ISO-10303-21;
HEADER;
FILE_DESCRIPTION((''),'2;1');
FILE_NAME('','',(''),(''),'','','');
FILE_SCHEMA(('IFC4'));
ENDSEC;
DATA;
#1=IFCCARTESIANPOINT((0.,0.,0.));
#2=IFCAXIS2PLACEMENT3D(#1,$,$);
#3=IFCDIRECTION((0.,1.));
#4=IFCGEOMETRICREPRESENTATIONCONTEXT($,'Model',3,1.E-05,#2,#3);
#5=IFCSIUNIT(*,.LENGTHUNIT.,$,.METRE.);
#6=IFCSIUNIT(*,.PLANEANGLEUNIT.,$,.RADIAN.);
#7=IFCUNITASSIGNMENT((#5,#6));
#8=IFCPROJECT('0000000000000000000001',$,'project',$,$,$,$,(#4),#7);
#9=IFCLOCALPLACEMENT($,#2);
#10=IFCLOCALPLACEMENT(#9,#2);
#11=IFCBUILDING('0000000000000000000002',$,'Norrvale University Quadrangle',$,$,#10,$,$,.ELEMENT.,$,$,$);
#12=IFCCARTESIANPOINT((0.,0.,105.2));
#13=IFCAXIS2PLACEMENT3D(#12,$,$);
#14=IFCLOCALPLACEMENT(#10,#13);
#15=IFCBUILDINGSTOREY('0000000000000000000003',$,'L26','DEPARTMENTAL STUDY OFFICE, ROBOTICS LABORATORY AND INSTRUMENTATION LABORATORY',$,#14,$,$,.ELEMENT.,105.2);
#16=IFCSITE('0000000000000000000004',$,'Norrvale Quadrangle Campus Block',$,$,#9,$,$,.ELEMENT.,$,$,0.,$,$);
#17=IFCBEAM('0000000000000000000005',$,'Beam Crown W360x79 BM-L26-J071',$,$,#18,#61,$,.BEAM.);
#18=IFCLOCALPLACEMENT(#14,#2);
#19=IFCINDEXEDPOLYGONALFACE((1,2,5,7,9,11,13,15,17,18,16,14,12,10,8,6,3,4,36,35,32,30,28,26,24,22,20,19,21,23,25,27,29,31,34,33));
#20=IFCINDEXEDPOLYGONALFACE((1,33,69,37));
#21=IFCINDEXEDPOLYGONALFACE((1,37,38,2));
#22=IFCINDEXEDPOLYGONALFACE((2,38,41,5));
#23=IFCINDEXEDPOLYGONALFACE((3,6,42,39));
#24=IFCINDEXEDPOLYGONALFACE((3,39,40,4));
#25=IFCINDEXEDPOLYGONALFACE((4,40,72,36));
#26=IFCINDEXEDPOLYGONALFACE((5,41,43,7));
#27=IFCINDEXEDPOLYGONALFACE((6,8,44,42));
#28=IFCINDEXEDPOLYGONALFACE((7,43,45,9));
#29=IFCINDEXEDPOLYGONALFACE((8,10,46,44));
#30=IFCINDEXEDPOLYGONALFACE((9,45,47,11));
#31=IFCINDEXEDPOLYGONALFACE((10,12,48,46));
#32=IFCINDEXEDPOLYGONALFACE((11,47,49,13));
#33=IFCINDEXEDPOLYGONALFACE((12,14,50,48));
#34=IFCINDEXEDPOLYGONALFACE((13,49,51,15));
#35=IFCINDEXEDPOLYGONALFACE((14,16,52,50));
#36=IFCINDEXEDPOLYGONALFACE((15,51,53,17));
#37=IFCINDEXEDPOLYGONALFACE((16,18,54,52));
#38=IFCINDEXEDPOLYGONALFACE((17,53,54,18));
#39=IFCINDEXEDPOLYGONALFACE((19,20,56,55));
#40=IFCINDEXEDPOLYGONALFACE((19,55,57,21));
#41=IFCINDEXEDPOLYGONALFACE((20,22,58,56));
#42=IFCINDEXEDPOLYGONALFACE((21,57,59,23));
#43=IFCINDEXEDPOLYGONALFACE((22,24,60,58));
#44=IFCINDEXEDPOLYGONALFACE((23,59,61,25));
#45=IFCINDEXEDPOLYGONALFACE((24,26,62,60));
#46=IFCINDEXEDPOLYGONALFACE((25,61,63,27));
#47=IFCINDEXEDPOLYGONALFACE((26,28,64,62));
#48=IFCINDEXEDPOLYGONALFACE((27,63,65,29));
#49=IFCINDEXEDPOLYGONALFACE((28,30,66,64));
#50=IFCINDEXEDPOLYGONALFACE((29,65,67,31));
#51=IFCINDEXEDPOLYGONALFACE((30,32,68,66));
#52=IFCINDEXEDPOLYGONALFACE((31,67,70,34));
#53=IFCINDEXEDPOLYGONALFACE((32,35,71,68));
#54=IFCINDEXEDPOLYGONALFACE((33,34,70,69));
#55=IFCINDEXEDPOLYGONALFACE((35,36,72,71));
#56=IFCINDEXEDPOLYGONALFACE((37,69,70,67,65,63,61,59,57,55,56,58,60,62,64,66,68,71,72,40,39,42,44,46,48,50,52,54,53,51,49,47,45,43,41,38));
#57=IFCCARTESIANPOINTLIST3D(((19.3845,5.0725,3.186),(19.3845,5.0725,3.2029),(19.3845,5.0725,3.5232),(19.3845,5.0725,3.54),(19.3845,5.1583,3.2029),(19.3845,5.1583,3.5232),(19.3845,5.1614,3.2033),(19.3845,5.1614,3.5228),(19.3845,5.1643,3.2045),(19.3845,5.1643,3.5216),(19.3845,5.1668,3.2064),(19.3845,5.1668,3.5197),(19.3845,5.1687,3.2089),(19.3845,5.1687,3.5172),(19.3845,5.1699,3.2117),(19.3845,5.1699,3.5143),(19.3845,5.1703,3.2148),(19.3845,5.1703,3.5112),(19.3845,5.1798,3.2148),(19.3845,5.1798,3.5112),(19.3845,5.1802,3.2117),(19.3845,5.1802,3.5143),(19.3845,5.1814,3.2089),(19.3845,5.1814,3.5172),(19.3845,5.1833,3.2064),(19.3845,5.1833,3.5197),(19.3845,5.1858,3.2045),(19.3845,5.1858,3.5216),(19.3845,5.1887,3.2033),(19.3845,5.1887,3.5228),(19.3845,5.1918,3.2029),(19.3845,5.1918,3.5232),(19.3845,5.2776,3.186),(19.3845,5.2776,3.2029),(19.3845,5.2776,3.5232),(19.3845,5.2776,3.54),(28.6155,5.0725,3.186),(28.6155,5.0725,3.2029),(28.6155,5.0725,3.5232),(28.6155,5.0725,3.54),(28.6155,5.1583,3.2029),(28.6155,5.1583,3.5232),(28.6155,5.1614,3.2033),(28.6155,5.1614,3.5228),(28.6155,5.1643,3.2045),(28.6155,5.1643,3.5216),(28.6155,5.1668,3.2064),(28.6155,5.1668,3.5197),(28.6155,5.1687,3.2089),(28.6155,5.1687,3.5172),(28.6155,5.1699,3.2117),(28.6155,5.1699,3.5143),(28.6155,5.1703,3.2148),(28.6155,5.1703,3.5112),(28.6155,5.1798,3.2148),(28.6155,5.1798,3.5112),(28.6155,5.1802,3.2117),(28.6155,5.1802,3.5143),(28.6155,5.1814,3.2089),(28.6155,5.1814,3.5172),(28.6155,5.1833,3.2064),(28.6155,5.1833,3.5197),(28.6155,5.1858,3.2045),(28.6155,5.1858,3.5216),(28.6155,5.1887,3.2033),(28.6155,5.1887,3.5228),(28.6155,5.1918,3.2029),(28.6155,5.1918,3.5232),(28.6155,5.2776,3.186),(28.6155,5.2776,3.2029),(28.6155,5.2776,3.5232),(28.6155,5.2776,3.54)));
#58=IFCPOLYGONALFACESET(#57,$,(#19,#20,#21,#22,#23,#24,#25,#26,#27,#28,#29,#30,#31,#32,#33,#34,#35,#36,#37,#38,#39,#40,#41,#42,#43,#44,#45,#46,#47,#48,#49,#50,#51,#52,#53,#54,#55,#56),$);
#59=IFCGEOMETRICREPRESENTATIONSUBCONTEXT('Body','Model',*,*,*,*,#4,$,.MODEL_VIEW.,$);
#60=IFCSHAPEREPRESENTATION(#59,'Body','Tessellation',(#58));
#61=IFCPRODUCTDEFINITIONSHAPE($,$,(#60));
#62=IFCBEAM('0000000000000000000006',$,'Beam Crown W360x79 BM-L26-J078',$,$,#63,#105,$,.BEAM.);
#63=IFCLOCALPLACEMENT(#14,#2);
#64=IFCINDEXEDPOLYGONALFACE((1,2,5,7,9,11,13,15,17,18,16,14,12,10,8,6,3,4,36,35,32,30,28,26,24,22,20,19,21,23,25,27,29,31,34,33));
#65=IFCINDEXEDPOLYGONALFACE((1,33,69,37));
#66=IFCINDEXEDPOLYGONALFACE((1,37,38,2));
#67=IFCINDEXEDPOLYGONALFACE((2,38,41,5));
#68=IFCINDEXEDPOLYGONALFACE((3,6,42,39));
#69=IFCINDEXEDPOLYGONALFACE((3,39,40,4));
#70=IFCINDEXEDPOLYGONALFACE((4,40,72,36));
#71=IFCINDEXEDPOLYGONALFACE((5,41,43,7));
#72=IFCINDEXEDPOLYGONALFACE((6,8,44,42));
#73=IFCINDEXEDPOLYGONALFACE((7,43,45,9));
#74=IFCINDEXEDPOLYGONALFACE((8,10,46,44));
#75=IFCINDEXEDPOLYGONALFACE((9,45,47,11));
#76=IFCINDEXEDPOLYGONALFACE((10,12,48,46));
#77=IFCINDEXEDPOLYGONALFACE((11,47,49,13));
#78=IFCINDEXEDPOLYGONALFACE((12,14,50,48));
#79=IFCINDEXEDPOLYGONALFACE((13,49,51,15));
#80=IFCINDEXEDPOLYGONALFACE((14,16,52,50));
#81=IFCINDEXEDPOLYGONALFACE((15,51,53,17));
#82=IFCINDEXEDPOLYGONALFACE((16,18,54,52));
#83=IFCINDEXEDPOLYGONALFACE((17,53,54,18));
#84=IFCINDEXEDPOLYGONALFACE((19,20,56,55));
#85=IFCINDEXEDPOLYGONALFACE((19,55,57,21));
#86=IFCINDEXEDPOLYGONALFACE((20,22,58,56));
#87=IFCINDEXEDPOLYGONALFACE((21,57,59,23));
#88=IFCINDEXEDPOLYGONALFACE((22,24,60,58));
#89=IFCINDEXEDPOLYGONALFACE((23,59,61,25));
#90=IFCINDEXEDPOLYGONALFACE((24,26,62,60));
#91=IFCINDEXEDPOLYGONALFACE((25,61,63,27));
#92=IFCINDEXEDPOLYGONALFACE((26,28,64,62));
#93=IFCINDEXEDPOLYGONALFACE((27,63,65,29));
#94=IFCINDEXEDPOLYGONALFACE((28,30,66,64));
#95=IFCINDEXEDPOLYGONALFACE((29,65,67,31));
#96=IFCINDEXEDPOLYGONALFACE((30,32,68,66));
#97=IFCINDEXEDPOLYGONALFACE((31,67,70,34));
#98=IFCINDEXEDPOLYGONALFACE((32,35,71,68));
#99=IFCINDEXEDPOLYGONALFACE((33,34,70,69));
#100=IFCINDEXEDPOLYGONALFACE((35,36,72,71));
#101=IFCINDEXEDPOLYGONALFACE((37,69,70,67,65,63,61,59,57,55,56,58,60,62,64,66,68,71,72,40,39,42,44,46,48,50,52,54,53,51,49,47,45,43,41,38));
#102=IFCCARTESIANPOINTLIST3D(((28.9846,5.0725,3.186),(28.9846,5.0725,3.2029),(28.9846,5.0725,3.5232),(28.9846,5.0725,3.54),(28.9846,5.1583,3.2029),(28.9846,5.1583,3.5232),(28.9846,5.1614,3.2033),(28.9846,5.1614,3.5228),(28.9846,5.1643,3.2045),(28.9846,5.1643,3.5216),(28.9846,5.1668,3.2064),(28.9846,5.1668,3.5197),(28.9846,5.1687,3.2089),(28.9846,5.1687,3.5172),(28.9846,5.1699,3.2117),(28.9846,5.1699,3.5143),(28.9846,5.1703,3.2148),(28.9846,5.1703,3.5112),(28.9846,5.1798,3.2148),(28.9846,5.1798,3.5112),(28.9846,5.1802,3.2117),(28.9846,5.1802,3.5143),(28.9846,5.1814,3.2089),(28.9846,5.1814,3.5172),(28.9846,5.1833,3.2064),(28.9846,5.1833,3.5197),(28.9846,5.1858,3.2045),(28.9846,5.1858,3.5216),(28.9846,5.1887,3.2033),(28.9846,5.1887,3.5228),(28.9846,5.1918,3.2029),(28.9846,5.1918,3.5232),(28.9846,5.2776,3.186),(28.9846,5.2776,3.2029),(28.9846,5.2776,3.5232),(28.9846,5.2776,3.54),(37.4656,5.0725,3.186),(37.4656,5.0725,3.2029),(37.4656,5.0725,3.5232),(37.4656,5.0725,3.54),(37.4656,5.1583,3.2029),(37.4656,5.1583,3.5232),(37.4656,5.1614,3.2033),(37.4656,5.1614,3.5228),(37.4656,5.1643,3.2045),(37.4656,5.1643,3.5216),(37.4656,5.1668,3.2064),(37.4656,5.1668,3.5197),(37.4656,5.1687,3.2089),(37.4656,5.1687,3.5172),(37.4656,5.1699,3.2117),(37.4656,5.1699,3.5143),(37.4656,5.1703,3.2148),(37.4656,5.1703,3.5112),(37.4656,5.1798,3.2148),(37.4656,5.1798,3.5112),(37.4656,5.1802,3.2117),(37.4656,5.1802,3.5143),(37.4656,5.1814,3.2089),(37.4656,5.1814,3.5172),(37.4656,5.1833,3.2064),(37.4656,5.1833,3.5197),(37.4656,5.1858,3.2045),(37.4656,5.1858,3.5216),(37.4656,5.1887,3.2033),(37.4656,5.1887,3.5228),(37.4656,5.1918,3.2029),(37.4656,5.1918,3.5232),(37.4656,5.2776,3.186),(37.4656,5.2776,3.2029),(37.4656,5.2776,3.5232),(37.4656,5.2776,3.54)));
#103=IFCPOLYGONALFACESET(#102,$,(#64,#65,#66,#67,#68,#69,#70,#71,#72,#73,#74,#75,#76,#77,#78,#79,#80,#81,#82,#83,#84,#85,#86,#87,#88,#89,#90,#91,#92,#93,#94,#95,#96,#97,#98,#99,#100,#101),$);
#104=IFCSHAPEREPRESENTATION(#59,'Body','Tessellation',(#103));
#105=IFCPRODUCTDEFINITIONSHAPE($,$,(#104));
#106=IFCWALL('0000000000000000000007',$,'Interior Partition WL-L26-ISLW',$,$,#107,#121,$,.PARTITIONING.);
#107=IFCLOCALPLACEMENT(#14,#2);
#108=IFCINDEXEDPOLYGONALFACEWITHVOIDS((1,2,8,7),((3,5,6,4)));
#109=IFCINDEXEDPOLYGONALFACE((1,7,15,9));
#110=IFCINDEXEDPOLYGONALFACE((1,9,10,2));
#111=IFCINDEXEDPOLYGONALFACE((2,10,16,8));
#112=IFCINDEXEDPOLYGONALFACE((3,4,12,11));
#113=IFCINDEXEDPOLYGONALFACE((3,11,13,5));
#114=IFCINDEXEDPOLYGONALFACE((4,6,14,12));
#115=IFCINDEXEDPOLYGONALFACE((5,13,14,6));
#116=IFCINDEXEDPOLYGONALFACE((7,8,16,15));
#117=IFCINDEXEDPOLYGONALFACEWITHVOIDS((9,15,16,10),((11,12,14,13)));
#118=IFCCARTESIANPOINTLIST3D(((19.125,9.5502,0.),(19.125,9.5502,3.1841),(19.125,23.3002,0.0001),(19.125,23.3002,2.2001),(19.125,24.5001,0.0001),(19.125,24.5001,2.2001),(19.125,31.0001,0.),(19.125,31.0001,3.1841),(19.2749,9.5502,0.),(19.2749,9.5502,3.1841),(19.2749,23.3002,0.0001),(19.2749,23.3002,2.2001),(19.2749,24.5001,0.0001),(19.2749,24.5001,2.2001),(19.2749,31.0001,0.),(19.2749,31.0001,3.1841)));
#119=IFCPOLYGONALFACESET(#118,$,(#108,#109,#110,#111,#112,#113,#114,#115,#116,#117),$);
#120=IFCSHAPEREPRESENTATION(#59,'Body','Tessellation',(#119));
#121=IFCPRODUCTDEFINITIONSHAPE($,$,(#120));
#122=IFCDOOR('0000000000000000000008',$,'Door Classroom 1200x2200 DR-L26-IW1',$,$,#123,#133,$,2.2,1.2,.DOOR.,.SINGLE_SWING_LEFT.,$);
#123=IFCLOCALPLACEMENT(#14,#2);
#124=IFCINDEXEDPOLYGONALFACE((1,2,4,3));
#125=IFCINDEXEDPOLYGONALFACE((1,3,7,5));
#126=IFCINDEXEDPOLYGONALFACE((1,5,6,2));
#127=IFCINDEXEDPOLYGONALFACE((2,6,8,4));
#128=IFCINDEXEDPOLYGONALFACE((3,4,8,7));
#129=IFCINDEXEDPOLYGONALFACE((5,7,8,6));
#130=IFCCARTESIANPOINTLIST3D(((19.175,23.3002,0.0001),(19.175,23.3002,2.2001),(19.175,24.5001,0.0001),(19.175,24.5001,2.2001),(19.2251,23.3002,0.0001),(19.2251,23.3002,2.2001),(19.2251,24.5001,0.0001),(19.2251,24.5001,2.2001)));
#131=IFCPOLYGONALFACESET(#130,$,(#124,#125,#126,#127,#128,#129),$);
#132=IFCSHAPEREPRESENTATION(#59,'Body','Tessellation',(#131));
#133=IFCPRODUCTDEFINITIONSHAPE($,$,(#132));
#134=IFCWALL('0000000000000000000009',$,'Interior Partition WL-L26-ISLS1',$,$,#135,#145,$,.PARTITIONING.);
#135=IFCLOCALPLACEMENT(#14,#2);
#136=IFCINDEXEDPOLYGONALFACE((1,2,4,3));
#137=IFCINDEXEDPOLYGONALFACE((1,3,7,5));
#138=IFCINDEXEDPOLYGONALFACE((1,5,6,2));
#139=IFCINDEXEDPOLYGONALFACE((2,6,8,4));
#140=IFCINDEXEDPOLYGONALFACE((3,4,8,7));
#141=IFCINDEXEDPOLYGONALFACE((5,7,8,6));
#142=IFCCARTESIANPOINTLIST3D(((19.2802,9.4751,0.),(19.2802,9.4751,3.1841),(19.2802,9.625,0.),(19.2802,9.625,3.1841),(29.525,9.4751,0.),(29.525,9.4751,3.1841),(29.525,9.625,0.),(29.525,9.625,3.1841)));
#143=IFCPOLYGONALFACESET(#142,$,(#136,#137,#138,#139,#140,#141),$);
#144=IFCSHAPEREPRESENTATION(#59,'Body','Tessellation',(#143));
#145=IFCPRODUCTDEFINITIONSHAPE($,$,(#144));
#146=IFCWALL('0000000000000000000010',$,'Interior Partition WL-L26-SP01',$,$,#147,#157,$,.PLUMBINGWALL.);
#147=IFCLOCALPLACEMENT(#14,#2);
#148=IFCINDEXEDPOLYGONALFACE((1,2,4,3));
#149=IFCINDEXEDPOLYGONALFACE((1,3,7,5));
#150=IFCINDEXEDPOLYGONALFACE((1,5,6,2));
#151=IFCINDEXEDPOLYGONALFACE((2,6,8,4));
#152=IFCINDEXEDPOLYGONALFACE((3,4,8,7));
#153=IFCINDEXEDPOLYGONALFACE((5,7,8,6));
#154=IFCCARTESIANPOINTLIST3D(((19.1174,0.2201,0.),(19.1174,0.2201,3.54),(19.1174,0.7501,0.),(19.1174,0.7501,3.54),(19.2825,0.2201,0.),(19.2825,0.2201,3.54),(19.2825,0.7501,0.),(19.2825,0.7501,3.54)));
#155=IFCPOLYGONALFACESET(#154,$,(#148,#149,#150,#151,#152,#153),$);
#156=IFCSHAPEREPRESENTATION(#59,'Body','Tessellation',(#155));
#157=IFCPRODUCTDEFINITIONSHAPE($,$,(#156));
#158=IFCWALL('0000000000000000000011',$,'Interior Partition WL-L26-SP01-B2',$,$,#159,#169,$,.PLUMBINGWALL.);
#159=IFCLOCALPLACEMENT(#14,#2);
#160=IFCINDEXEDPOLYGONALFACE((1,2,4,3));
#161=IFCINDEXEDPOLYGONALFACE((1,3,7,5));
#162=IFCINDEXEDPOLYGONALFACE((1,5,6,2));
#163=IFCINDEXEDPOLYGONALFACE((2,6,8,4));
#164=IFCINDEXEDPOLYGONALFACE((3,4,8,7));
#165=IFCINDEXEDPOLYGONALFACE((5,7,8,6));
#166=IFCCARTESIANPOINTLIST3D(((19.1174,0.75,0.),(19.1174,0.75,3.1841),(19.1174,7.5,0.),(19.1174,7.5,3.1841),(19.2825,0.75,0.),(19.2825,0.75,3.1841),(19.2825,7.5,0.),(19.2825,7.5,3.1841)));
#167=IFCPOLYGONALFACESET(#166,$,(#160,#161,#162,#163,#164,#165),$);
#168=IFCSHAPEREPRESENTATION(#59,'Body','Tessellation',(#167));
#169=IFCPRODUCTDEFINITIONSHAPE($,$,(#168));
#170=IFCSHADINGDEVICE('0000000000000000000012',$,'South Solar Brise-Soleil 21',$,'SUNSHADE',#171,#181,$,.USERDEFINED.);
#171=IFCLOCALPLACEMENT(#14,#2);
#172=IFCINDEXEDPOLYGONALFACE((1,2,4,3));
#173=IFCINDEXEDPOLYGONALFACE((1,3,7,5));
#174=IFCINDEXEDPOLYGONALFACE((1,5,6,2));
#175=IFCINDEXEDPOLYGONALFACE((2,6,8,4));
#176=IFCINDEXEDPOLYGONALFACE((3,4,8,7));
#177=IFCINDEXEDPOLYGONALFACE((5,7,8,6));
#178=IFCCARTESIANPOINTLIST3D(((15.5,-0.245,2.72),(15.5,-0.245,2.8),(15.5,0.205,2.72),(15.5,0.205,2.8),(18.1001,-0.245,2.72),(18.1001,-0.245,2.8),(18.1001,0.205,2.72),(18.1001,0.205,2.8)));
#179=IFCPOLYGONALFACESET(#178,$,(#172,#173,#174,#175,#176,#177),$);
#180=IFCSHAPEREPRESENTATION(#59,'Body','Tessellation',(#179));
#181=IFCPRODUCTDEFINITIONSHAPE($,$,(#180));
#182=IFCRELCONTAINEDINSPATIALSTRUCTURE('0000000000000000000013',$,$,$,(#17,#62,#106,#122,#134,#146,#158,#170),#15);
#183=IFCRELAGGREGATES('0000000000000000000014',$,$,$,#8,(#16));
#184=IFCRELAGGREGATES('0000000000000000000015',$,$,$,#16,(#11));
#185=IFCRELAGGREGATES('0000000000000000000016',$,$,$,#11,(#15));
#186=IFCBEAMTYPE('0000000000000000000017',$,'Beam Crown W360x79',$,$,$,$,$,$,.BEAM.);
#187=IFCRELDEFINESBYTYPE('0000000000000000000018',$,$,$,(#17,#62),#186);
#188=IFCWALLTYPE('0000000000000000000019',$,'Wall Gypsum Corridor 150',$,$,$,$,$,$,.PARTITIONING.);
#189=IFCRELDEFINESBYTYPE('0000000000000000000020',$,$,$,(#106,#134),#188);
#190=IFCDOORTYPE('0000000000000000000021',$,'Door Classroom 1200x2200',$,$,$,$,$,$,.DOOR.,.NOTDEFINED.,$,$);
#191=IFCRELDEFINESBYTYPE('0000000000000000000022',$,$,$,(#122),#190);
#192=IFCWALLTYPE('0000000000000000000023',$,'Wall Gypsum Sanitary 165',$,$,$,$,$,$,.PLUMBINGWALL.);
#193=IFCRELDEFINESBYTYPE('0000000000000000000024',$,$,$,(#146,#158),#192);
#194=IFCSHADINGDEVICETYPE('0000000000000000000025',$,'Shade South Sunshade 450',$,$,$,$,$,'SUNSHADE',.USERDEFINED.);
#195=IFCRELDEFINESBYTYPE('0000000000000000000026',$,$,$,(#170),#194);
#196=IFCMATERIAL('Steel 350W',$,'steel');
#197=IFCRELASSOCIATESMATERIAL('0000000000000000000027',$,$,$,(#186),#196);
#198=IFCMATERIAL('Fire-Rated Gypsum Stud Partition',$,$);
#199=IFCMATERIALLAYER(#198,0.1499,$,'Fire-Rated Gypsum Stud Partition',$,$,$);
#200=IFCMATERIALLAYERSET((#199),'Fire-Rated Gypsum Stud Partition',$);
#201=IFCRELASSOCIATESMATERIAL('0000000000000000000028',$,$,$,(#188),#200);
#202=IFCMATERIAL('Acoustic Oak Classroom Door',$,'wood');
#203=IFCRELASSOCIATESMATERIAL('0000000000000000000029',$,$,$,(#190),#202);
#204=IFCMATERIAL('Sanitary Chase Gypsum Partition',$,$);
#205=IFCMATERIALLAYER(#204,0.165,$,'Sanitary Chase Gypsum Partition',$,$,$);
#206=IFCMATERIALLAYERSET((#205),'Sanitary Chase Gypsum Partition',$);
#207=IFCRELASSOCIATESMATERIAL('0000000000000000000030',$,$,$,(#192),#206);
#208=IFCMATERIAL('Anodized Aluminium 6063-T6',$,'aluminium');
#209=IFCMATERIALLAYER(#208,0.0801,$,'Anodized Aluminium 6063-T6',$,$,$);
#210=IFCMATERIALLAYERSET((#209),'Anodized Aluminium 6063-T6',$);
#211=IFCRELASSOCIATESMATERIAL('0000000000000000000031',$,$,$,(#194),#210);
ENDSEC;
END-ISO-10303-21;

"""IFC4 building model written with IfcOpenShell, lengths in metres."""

from ifc_helpers import new_model, si_unit, direction, frame, frame_2d, origin, origin_2d, place, context, subcontext, project, spatial, rectangle, i_section, extrude, material, layer, layer_set, material_profile, profile_set, type_object, element, fill, save


model = new_model("IFC4")

# Units and contexts
model_context = context("Model", 3, precision=1e-05, world=origin(), true_north=direction((0.0, 1.0)))
body_context = subcontext(model_context, "Body", "Model", "MODEL_VIEW")
ifc_project = project(units=[si_unit("LENGTHUNIT", "METRE"), si_unit("PLANEANGLEUNIT", "RADIAN")], contexts=[model_context])

# Site, building, storey
site_placement = place(None, origin())
site = spatial("IfcSite", under=ifc_project, at=site_placement, Name="Norrvale Quadrangle Campus Block", CompositionType="ELEMENT", RefElevation=0.0)
building_placement = place(site_placement, origin())
building = spatial("IfcBuilding", under=site, at=building_placement, Name="Norrvale University Quadrangle", CompositionType="ELEMENT")
storey_placement = place(building_placement, frame((0.0, 0.0, 105.2)))
storey = spatial("IfcBuildingStorey", under=building, at=storey_placement, Name="L26", Description="DEPARTMENTAL STUDY OFFICE, ROBOTICS LABORATORY AND INSTRUMENTATION LABORATORY", CompositionType="ELEMENT", Elevation=105.2)

# Beams
ifc_material_1 = material(Name="Steel 350W", Category="steel")
ifc_material_profile_1 = material_profile(ifc_material_1, i_section(OverallWidth=0.2051, OverallDepth=0.354, WebThickness=0.0095, FlangeThickness=0.0168, FilletRadius=0.012, at=origin_2d()), Name="Steel 350W")
ifc_profile_set_1 = profile_set([ifc_material_profile_1], Name="Steel 350W")
beam_type_1 = type_object("IfcBeamType", Name="Beam Crown W360x79", PredefinedType="BEAM", material=ifc_profile_set_1)
beam_1_placement = place(storey_placement, frame((19.3845, 5.175, 3.363), z_axis=(1.0, 0.0, 0.0), x_axis=(0.0, 1.0, 0.0)))
element("IfcBeam", 1, at=beam_1_placement, inside=storey, type_object=beam_type_1, Name="Beam Crown W360x79 BM-L26-J071", PredefinedType="BEAM", context=body_context, shape_type="SweptSolid", body=[
    extrude(i_section(OverallWidth=0.2051, OverallDepth=0.354, WebThickness=0.0095, FlangeThickness=0.0168, FilletRadius=0.012, at=origin_2d()), origin(), (0.0, 0.0, 1.0), 9.231),
])
beam_2_placement = place(storey_placement, frame((28.9846, 5.175, 3.363), z_axis=(1.0, 0.0, 0.0), x_axis=(0.0, 1.0, 0.0)))
element("IfcBeam", 2, at=beam_2_placement, inside=storey, type_object=beam_type_1, Name="Beam Crown W360x79 BM-L26-J078", PredefinedType="BEAM", context=body_context, shape_type="SweptSolid", body=[
    extrude(i_section(OverallWidth=0.2051, OverallDepth=0.354, WebThickness=0.0095, FlangeThickness=0.0168, FilletRadius=0.012, at=origin_2d()), origin(), (0.0, 0.0, 1.0), 8.481),
])

# Wall, opening, door
ifc_material_2 = material(Name="Fire-Rated Gypsum Stud Partition")
ifc_layer_1 = layer(ifc_material_2, 0.1499, Name="Fire-Rated Gypsum Stud Partition")
ifc_layer_set_1 = layer_set([ifc_layer_1], Name="Fire-Rated Gypsum Stud Partition")
wall_type_1 = type_object("IfcWallType", Name="Wall Gypsum Corridor 150", PredefinedType="PARTITIONING", material=ifc_layer_set_1)
wall_1_placement = place(storey_placement, frame((19.2, 9.55, 0.0), z_axis=(0.0, 0.0, 1.0), x_axis=(0.0, 1.0, 0.0)))
wall_1 = element("IfcWall", 3, at=wall_1_placement, inside=storey, type_object=wall_type_1, Name="Interior Partition WL-L26-ISLW", PredefinedType="PARTITIONING", context=body_context, shape_type="SweptSolid", body=[
    extrude(rectangle(XDim=21.45, YDim=0.1499, at=frame_2d((10.7251, 0.0))), origin(), (0.0, 0.0, 1.0), 3.1841),
])
opening_placement = place(wall_1_placement, frame((13.75, 0.0, 0.0)))
opening = element("IfcOpeningElement", 4, at=opening_placement, cuts=wall_1, PredefinedType="OPENING", context=body_context, shape_type="SweptSolid", body=[
    extrude(rectangle(XDim=1.2, YDim=2.2, at=frame_2d((0.6001, 1.1001))), frame((0.0, 0.0869, 0.0), z_axis=(0.0, -1.0, 0.0), x_axis=(1.0, 0.0, 0.0)), (0.0, 0.0, 1.0), 0.1738),
])
ifc_material_3 = material(Name="Acoustic Oak Classroom Door", Category="wood")
door_type = type_object("IfcDoorType", Name="Door Classroom 1200x2200", OperationType="NOTDEFINED", PredefinedType="DOOR", material=ifc_material_3)
door_placement = place(opening_placement, origin())
door = element("IfcDoor", 5, at=door_placement, inside=storey, type_object=door_type, Name="Door Classroom 1200x2200 DR-L26-IW1", OperationType="SINGLE_SWING_LEFT", OverallHeight=2.2, OverallWidth=1.2, PredefinedType="DOOR", context=body_context, shape_type="SweptSolid", body=[
    extrude(rectangle(XDim=1.2, YDim=2.2, at=frame_2d((0.6001, 1.1001))), frame((0.0, 0.0249, 0.0), z_axis=(0.0, -1.0, 0.0), x_axis=(1.0, 0.0, 0.0)), (0.0, 0.0, 1.0), 0.05),
])
fill(opening, door)

# Walls
wall_2_placement = place(storey_placement, frame((19.28, 9.55, 0.0), z_axis=(0.0, 0.0, 1.0), x_axis=(1.0, 0.0, 0.0)))
element("IfcWall", 6, at=wall_2_placement, inside=storey, type_object=wall_type_1, Name="Interior Partition WL-L26-ISLS1", PredefinedType="PARTITIONING", context=body_context, shape_type="SweptSolid", body=[
    extrude(rectangle(XDim=10.2449, YDim=0.1499, at=frame_2d((5.1226, 0.0))), origin(), (0.0, 0.0, 1.0), 3.1841),
])
ifc_material_4 = material(Name="Sanitary Chase Gypsum Partition")
ifc_layer_2 = layer(ifc_material_4, 0.165, Name="Sanitary Chase Gypsum Partition")
ifc_layer_set_2 = layer_set([ifc_layer_2], Name="Sanitary Chase Gypsum Partition")
wall_type_2 = type_object("IfcWallType", Name="Wall Gypsum Sanitary 165", PredefinedType="PLUMBINGWALL", material=ifc_layer_set_2)
wall_3_placement = place(storey_placement, frame((19.2, 0.22, 0.0), z_axis=(0.0, 0.0, 1.0), x_axis=(0.0, 1.0, 0.0)))
element("IfcWall", 7, at=wall_3_placement, inside=storey, type_object=wall_type_2, Name="Interior Partition WL-L26-SP01", PredefinedType="PLUMBINGWALL", context=body_context, shape_type="SweptSolid", body=[
    extrude(rectangle(XDim=0.53, YDim=0.165, at=frame_2d((0.2651, 0.0))), origin(), (0.0, 0.0, 1.0), 3.54),
])
wall_4_placement = place(storey_placement, frame((19.2, 0.75, 0.0), z_axis=(0.0, 0.0, 1.0), x_axis=(0.0, 1.0, 0.0)))
element("IfcWall", 8, at=wall_4_placement, inside=storey, type_object=wall_type_2, Name="Interior Partition WL-L26-SP01-B2", PredefinedType="PLUMBINGWALL", context=body_context, shape_type="SweptSolid", body=[
    extrude(rectangle(XDim=6.75, YDim=0.165, at=frame_2d((3.375, 0.0))), origin(), (0.0, 0.0, 1.0), 3.1841),
])

# Shading device
ifc_material_5 = material(Name="Anodized Aluminium 6063-T6", Category="aluminium")
ifc_layer_3 = layer(ifc_material_5, 0.0801, Name="Anodized Aluminium 6063-T6")
ifc_layer_set_3 = layer_set([ifc_layer_3], Name="Anodized Aluminium 6063-T6")
shading_device_type = type_object("IfcShadingDeviceType", Name="Shade South Sunshade 450", ElementType="SUNSHADE", PredefinedType="USERDEFINED", material=ifc_layer_set_3)
for number, where, z_axis, x_axis, name in (
    (9, (16.8, -0.02, 2.72), (0.0, 0.0, 1.0), (1.0, 0.0, 0.0), "South Solar Brise-Soleil 21"),
):
    element("IfcShadingDevice", number, at=place(storey_placement, frame(where, z_axis=z_axis, x_axis=x_axis)), inside=storey, type_object=shading_device_type, Name=name, ObjectType="SUNSHADE", PredefinedType="USERDEFINED", context=body_context, shape_type="SweptSolid", body=[
        extrude(rectangle(XDim=2.6001, YDim=0.45, at=origin_2d()), origin(), (0.0, 0.0, 1.0), 0.0801),
    ])

save(model, "model.ifc")
